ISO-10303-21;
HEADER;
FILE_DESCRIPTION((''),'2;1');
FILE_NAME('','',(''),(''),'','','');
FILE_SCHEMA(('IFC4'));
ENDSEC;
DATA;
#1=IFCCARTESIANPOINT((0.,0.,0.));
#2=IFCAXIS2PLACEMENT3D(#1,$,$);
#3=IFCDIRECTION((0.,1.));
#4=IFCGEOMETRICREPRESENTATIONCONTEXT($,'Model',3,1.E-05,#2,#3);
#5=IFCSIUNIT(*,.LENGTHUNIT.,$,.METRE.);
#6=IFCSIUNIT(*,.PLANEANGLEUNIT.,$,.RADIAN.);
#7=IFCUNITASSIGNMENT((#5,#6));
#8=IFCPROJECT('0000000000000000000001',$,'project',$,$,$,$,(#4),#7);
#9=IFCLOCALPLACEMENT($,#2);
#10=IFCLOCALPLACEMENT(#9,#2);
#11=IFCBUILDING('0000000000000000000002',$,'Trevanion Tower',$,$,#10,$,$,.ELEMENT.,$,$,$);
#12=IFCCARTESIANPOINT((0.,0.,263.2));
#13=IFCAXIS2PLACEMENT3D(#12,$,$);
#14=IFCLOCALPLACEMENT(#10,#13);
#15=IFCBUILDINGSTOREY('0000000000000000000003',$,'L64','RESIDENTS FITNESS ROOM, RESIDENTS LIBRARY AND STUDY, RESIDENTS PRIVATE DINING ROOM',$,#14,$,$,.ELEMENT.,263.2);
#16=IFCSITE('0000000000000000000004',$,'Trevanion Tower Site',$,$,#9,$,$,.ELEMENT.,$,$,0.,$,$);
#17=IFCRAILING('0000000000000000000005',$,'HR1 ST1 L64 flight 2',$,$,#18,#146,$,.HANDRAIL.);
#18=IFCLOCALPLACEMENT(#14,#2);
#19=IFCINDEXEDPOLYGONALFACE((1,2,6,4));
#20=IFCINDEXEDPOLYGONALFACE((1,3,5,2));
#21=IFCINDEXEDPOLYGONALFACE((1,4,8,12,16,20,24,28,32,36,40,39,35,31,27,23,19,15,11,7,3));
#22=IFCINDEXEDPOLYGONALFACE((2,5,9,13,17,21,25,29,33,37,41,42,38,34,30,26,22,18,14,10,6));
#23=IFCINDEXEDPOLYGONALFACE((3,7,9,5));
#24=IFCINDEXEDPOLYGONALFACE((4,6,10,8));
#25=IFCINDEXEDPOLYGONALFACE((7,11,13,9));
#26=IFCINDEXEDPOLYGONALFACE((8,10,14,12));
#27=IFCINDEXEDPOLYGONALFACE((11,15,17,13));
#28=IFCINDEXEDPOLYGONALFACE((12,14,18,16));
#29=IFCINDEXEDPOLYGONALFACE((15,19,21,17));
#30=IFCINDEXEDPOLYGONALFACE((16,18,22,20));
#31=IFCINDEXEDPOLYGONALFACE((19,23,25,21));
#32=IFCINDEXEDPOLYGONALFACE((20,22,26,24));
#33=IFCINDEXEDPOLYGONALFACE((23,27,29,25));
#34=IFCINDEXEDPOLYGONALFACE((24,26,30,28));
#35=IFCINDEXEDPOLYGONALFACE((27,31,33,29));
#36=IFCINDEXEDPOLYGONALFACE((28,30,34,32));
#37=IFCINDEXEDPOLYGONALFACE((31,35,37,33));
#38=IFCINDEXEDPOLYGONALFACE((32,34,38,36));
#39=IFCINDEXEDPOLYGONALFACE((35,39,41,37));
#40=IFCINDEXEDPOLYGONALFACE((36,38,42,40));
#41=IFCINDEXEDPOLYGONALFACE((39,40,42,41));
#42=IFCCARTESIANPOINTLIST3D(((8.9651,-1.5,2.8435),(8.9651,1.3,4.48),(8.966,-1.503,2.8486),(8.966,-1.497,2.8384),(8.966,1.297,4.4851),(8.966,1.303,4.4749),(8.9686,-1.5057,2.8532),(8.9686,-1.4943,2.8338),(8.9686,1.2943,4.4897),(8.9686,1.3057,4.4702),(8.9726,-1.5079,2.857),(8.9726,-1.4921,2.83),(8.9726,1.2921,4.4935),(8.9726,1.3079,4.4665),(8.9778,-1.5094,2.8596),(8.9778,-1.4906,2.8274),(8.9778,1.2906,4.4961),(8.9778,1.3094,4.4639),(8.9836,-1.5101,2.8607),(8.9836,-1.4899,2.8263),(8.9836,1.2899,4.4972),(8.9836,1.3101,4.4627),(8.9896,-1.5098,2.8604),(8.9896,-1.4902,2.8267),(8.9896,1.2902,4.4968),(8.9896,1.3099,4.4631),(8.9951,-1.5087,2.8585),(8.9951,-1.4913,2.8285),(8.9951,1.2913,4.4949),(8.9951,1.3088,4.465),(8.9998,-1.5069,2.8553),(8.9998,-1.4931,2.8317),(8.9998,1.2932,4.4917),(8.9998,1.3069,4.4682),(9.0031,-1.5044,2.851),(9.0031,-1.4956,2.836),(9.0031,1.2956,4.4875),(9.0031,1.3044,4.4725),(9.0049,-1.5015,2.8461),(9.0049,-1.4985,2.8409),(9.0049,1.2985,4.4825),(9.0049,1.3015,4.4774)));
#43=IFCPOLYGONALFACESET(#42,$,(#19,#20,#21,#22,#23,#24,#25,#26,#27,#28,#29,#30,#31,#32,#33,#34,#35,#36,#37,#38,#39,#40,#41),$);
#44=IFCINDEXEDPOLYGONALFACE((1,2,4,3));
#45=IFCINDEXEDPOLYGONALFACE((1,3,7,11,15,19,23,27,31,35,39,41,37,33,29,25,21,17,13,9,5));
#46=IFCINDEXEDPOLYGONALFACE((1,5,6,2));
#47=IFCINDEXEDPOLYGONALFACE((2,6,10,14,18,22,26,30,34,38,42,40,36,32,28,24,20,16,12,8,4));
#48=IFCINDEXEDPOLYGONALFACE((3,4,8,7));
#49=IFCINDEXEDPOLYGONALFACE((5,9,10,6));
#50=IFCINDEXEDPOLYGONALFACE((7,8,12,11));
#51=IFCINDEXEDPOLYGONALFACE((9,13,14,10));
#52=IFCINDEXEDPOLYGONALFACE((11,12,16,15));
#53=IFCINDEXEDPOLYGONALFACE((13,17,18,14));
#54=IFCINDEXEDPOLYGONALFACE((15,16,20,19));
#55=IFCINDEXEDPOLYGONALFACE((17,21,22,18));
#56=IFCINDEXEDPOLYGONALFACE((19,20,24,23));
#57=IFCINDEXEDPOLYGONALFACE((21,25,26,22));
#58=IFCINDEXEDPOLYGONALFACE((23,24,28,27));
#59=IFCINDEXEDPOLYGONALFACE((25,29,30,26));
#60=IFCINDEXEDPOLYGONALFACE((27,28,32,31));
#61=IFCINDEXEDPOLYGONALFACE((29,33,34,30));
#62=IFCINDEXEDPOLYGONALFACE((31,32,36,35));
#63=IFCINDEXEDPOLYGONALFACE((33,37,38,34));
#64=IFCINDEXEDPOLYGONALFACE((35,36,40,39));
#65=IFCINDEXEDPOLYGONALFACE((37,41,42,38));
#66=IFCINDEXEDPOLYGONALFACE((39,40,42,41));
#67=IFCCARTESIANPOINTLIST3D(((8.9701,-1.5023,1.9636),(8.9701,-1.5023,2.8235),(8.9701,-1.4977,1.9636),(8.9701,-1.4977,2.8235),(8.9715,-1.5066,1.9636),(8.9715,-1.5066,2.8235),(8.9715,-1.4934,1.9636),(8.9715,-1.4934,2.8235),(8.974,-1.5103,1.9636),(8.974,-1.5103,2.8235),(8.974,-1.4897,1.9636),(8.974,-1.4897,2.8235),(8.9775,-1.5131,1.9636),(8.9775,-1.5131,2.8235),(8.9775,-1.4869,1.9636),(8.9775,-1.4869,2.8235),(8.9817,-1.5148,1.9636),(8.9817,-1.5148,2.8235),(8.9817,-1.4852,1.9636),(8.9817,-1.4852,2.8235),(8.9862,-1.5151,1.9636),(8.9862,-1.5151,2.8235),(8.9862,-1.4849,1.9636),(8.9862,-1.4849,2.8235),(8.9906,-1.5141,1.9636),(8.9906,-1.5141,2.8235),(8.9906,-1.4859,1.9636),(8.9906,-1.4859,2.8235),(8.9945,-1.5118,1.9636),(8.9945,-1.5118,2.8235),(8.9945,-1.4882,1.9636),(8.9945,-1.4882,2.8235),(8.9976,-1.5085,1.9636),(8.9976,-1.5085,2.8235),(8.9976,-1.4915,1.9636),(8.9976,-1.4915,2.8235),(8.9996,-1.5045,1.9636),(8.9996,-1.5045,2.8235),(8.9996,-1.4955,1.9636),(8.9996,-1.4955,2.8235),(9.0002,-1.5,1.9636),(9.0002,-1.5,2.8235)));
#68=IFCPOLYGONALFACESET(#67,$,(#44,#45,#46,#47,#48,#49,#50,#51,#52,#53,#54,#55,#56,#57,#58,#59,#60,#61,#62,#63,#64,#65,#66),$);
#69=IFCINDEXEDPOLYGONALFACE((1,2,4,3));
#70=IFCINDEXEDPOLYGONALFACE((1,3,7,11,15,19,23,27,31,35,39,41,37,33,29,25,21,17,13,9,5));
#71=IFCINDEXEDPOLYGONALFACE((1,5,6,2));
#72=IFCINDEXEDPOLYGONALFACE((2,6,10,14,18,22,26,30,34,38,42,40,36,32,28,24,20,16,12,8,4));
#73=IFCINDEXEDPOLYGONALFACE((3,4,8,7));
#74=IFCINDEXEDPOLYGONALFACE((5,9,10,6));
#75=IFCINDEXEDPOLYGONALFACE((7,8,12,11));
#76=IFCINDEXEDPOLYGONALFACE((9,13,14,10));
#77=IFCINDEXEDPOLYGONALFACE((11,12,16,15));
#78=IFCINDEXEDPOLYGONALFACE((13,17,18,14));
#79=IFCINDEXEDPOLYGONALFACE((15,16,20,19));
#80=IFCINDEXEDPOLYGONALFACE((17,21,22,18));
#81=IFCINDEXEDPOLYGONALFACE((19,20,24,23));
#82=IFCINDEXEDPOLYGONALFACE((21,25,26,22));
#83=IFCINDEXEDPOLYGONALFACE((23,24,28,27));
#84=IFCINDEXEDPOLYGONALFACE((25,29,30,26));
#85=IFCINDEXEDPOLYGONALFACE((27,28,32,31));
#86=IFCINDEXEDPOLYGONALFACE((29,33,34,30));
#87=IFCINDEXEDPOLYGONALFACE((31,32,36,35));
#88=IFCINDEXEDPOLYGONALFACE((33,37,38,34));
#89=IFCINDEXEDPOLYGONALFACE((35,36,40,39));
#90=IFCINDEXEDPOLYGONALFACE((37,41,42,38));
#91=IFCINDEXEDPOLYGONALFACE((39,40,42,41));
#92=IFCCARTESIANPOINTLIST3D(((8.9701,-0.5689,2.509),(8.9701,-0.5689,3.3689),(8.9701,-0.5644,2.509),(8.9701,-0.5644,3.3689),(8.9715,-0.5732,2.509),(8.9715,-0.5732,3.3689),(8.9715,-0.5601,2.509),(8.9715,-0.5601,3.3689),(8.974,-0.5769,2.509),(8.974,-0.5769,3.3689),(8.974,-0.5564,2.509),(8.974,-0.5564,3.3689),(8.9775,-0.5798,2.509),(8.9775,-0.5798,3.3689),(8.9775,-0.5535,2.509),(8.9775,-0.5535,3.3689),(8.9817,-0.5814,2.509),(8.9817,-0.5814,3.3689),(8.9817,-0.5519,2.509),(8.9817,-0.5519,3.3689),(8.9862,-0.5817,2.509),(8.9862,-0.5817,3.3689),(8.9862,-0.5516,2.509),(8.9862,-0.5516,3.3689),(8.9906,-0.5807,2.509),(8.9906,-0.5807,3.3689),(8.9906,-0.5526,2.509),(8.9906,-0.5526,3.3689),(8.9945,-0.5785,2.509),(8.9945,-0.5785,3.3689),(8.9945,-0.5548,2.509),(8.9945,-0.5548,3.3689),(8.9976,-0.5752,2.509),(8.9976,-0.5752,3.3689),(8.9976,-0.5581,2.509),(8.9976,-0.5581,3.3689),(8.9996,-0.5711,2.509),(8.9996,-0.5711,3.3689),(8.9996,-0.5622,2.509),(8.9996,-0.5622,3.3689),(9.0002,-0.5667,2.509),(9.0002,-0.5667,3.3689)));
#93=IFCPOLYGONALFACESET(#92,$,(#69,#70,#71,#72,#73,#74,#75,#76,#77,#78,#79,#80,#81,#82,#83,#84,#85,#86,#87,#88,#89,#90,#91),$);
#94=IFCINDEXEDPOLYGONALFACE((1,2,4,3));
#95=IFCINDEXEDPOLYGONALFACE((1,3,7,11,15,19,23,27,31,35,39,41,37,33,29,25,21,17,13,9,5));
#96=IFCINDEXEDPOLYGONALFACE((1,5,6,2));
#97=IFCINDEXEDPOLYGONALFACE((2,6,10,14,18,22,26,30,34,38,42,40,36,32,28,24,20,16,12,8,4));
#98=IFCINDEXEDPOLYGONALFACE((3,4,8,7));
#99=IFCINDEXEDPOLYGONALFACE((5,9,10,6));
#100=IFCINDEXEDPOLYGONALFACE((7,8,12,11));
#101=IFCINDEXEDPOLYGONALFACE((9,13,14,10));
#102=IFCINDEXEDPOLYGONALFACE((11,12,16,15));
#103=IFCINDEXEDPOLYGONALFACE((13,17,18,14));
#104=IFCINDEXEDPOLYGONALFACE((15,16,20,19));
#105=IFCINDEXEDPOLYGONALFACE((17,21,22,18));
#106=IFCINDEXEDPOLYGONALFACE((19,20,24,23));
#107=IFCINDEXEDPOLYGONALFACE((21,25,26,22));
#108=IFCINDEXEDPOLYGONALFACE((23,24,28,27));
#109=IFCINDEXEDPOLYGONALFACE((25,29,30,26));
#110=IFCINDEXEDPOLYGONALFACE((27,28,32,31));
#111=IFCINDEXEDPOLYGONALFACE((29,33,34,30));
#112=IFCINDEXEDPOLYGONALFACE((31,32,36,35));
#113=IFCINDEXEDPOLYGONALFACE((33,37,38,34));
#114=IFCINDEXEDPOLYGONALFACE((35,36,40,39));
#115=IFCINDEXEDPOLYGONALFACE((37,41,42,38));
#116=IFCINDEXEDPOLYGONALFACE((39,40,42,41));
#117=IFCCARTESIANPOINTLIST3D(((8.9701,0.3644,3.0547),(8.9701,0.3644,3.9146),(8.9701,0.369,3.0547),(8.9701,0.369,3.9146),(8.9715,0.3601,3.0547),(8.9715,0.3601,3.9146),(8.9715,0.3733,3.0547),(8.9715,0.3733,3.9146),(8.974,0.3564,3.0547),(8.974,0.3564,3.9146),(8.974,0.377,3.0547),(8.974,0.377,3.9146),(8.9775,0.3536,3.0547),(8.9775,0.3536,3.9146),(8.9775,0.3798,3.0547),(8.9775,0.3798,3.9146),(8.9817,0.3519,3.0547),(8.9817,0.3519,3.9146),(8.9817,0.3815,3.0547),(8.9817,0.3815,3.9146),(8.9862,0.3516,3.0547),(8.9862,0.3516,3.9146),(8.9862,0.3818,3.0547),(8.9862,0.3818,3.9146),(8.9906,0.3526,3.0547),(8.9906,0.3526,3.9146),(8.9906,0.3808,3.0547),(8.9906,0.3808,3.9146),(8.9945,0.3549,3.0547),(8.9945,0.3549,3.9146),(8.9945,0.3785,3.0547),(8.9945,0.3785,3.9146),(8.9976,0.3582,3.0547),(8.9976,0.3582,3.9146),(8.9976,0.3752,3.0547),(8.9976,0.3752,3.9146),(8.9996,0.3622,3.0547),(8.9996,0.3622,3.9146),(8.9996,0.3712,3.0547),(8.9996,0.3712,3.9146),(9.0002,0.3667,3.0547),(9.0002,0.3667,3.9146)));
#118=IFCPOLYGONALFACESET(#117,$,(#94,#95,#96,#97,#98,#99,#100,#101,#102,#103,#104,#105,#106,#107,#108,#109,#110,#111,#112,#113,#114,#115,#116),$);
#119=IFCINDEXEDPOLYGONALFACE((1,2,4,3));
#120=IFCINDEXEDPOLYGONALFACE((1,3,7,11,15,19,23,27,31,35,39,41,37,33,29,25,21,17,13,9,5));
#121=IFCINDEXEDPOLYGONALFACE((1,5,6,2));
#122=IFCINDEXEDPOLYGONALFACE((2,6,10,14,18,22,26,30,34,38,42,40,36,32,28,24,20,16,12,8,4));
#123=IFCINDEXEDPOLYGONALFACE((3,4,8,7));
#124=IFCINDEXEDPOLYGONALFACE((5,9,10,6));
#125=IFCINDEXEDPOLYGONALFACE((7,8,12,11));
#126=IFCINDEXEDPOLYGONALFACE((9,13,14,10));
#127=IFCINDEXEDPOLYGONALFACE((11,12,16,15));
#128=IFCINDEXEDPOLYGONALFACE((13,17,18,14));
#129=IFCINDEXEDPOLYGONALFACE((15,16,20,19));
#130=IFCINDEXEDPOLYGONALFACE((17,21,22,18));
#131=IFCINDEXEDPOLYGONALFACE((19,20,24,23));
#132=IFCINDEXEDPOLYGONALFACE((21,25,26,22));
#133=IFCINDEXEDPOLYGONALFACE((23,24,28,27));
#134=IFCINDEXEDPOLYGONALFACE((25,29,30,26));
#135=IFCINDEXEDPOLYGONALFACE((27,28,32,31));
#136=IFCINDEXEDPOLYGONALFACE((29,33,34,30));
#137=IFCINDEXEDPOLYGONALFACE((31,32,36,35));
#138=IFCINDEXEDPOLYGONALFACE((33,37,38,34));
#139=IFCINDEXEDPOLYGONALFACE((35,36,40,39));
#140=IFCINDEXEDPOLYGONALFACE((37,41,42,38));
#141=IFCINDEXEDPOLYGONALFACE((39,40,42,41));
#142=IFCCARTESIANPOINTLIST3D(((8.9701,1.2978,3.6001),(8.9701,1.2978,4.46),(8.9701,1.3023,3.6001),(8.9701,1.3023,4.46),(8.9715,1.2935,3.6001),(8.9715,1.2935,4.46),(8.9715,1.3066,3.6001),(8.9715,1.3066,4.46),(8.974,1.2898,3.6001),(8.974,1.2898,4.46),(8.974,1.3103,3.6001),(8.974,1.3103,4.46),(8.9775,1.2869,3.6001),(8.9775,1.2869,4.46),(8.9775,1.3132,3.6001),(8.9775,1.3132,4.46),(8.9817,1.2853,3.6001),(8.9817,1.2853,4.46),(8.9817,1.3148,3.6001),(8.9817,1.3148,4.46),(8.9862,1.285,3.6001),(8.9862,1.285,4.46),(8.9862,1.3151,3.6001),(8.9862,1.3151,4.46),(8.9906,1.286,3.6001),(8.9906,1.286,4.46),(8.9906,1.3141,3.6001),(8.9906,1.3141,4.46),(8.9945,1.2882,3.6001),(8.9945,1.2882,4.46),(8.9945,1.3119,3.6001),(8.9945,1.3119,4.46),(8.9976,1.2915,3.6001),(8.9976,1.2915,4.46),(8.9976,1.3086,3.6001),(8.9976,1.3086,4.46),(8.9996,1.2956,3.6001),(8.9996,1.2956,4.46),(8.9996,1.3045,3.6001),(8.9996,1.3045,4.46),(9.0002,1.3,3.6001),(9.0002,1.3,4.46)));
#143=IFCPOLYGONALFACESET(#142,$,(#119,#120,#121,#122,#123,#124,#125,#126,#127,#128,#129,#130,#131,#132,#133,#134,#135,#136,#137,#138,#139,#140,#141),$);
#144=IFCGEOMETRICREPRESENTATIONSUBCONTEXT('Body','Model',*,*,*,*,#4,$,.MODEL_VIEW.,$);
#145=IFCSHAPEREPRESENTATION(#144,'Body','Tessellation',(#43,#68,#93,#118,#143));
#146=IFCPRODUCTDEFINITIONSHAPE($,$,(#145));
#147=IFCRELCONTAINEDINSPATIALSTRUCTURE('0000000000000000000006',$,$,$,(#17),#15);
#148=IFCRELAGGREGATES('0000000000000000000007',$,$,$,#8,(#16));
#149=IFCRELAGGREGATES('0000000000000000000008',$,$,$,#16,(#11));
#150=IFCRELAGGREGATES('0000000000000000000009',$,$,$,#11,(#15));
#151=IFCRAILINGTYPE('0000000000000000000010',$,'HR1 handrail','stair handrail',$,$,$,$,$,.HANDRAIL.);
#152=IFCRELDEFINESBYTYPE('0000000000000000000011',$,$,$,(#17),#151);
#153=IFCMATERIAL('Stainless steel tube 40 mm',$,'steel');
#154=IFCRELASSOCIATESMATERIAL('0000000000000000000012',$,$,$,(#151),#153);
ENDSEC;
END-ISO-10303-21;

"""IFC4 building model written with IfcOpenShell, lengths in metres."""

from ifc_helpers import new_model, si_unit, direction, frame, origin, origin_2d, place, context, subcontext, project, spatial, circle, extrude, material, type_object, element, save


model = new_model("IFC4")

# Units and contexts
model_context = context("Model", 3, precision=1e-05, world=origin(), true_north=direction((0.0, 1.0)))
body_context = subcontext(model_context, "Body", "Model", "MODEL_VIEW")
ifc_project = project(units=[si_unit("LENGTHUNIT", "METRE"), si_unit("PLANEANGLEUNIT", "RADIAN")], contexts=[model_context])

# Site, building, storey
site_placement = place(None, origin())
site = spatial("IfcSite", under=ifc_project, at=site_placement, Name="Trevanion Tower Site", CompositionType="ELEMENT", RefElevation=0.0)
building_placement = place(site_placement, origin())
building = spatial("IfcBuilding", under=site, at=building_placement, Name="Trevanion Tower", CompositionType="ELEMENT")
storey_placement = place(building_placement, frame((0.0, 0.0, 263.2)))
storey = spatial("IfcBuildingStorey", under=building, at=storey_placement, Name="L64", Description="RESIDENTS FITNESS ROOM, RESIDENTS LIBRARY AND STUDY, RESIDENTS PRIVATE DINING ROOM", CompositionType="ELEMENT", Elevation=263.2)

# Railing
ifc_material_1 = material(Name="Stainless steel tube 40 mm", Category="steel")
railing_type = type_object("IfcRailingType", Name="HR1 handrail", Description="stair handrail", PredefinedType="HANDRAIL", material=ifc_material_1)
railing_placement = place(storey_placement, frame((8.9851, -1.5, 1.9636)))
element("IfcRailing", 1, at=railing_placement, inside=storey, type_object=railing_type, Name="HR1 ST1 L64 flight 2", PredefinedType="HANDRAIL", context=body_context, shape_type="SweptSolid", body=[
    extrude(circle(Radius=0.02, at=origin_2d()), frame((0.0, 0.0, 0.8799), z_axis=(0.0, 0.863361, 0.504587), x_axis=(-1.0, 0.0, 0.0)), (0.0, 0.0, 1.0), 3.2432),
    extrude(circle(Radius=0.0151, at=origin_2d()), origin(), (0.0, 0.0, 1.0), 0.8599),
    extrude(circle(Radius=0.0151, at=origin_2d()), frame((0.0, 0.9333, 0.5454)), (0.0, 0.0, 1.0), 0.8599),
    extrude(circle(Radius=0.0151, at=origin_2d()), frame((0.0, 1.8667, 1.0911)), (0.0, 0.0, 1.0), 0.8599),
    extrude(circle(Radius=0.0151, at=origin_2d()), frame((0.0, 2.8, 1.6365)), (0.0, 0.0, 1.0), 0.8599),
])

save(model, "model.ifc")
